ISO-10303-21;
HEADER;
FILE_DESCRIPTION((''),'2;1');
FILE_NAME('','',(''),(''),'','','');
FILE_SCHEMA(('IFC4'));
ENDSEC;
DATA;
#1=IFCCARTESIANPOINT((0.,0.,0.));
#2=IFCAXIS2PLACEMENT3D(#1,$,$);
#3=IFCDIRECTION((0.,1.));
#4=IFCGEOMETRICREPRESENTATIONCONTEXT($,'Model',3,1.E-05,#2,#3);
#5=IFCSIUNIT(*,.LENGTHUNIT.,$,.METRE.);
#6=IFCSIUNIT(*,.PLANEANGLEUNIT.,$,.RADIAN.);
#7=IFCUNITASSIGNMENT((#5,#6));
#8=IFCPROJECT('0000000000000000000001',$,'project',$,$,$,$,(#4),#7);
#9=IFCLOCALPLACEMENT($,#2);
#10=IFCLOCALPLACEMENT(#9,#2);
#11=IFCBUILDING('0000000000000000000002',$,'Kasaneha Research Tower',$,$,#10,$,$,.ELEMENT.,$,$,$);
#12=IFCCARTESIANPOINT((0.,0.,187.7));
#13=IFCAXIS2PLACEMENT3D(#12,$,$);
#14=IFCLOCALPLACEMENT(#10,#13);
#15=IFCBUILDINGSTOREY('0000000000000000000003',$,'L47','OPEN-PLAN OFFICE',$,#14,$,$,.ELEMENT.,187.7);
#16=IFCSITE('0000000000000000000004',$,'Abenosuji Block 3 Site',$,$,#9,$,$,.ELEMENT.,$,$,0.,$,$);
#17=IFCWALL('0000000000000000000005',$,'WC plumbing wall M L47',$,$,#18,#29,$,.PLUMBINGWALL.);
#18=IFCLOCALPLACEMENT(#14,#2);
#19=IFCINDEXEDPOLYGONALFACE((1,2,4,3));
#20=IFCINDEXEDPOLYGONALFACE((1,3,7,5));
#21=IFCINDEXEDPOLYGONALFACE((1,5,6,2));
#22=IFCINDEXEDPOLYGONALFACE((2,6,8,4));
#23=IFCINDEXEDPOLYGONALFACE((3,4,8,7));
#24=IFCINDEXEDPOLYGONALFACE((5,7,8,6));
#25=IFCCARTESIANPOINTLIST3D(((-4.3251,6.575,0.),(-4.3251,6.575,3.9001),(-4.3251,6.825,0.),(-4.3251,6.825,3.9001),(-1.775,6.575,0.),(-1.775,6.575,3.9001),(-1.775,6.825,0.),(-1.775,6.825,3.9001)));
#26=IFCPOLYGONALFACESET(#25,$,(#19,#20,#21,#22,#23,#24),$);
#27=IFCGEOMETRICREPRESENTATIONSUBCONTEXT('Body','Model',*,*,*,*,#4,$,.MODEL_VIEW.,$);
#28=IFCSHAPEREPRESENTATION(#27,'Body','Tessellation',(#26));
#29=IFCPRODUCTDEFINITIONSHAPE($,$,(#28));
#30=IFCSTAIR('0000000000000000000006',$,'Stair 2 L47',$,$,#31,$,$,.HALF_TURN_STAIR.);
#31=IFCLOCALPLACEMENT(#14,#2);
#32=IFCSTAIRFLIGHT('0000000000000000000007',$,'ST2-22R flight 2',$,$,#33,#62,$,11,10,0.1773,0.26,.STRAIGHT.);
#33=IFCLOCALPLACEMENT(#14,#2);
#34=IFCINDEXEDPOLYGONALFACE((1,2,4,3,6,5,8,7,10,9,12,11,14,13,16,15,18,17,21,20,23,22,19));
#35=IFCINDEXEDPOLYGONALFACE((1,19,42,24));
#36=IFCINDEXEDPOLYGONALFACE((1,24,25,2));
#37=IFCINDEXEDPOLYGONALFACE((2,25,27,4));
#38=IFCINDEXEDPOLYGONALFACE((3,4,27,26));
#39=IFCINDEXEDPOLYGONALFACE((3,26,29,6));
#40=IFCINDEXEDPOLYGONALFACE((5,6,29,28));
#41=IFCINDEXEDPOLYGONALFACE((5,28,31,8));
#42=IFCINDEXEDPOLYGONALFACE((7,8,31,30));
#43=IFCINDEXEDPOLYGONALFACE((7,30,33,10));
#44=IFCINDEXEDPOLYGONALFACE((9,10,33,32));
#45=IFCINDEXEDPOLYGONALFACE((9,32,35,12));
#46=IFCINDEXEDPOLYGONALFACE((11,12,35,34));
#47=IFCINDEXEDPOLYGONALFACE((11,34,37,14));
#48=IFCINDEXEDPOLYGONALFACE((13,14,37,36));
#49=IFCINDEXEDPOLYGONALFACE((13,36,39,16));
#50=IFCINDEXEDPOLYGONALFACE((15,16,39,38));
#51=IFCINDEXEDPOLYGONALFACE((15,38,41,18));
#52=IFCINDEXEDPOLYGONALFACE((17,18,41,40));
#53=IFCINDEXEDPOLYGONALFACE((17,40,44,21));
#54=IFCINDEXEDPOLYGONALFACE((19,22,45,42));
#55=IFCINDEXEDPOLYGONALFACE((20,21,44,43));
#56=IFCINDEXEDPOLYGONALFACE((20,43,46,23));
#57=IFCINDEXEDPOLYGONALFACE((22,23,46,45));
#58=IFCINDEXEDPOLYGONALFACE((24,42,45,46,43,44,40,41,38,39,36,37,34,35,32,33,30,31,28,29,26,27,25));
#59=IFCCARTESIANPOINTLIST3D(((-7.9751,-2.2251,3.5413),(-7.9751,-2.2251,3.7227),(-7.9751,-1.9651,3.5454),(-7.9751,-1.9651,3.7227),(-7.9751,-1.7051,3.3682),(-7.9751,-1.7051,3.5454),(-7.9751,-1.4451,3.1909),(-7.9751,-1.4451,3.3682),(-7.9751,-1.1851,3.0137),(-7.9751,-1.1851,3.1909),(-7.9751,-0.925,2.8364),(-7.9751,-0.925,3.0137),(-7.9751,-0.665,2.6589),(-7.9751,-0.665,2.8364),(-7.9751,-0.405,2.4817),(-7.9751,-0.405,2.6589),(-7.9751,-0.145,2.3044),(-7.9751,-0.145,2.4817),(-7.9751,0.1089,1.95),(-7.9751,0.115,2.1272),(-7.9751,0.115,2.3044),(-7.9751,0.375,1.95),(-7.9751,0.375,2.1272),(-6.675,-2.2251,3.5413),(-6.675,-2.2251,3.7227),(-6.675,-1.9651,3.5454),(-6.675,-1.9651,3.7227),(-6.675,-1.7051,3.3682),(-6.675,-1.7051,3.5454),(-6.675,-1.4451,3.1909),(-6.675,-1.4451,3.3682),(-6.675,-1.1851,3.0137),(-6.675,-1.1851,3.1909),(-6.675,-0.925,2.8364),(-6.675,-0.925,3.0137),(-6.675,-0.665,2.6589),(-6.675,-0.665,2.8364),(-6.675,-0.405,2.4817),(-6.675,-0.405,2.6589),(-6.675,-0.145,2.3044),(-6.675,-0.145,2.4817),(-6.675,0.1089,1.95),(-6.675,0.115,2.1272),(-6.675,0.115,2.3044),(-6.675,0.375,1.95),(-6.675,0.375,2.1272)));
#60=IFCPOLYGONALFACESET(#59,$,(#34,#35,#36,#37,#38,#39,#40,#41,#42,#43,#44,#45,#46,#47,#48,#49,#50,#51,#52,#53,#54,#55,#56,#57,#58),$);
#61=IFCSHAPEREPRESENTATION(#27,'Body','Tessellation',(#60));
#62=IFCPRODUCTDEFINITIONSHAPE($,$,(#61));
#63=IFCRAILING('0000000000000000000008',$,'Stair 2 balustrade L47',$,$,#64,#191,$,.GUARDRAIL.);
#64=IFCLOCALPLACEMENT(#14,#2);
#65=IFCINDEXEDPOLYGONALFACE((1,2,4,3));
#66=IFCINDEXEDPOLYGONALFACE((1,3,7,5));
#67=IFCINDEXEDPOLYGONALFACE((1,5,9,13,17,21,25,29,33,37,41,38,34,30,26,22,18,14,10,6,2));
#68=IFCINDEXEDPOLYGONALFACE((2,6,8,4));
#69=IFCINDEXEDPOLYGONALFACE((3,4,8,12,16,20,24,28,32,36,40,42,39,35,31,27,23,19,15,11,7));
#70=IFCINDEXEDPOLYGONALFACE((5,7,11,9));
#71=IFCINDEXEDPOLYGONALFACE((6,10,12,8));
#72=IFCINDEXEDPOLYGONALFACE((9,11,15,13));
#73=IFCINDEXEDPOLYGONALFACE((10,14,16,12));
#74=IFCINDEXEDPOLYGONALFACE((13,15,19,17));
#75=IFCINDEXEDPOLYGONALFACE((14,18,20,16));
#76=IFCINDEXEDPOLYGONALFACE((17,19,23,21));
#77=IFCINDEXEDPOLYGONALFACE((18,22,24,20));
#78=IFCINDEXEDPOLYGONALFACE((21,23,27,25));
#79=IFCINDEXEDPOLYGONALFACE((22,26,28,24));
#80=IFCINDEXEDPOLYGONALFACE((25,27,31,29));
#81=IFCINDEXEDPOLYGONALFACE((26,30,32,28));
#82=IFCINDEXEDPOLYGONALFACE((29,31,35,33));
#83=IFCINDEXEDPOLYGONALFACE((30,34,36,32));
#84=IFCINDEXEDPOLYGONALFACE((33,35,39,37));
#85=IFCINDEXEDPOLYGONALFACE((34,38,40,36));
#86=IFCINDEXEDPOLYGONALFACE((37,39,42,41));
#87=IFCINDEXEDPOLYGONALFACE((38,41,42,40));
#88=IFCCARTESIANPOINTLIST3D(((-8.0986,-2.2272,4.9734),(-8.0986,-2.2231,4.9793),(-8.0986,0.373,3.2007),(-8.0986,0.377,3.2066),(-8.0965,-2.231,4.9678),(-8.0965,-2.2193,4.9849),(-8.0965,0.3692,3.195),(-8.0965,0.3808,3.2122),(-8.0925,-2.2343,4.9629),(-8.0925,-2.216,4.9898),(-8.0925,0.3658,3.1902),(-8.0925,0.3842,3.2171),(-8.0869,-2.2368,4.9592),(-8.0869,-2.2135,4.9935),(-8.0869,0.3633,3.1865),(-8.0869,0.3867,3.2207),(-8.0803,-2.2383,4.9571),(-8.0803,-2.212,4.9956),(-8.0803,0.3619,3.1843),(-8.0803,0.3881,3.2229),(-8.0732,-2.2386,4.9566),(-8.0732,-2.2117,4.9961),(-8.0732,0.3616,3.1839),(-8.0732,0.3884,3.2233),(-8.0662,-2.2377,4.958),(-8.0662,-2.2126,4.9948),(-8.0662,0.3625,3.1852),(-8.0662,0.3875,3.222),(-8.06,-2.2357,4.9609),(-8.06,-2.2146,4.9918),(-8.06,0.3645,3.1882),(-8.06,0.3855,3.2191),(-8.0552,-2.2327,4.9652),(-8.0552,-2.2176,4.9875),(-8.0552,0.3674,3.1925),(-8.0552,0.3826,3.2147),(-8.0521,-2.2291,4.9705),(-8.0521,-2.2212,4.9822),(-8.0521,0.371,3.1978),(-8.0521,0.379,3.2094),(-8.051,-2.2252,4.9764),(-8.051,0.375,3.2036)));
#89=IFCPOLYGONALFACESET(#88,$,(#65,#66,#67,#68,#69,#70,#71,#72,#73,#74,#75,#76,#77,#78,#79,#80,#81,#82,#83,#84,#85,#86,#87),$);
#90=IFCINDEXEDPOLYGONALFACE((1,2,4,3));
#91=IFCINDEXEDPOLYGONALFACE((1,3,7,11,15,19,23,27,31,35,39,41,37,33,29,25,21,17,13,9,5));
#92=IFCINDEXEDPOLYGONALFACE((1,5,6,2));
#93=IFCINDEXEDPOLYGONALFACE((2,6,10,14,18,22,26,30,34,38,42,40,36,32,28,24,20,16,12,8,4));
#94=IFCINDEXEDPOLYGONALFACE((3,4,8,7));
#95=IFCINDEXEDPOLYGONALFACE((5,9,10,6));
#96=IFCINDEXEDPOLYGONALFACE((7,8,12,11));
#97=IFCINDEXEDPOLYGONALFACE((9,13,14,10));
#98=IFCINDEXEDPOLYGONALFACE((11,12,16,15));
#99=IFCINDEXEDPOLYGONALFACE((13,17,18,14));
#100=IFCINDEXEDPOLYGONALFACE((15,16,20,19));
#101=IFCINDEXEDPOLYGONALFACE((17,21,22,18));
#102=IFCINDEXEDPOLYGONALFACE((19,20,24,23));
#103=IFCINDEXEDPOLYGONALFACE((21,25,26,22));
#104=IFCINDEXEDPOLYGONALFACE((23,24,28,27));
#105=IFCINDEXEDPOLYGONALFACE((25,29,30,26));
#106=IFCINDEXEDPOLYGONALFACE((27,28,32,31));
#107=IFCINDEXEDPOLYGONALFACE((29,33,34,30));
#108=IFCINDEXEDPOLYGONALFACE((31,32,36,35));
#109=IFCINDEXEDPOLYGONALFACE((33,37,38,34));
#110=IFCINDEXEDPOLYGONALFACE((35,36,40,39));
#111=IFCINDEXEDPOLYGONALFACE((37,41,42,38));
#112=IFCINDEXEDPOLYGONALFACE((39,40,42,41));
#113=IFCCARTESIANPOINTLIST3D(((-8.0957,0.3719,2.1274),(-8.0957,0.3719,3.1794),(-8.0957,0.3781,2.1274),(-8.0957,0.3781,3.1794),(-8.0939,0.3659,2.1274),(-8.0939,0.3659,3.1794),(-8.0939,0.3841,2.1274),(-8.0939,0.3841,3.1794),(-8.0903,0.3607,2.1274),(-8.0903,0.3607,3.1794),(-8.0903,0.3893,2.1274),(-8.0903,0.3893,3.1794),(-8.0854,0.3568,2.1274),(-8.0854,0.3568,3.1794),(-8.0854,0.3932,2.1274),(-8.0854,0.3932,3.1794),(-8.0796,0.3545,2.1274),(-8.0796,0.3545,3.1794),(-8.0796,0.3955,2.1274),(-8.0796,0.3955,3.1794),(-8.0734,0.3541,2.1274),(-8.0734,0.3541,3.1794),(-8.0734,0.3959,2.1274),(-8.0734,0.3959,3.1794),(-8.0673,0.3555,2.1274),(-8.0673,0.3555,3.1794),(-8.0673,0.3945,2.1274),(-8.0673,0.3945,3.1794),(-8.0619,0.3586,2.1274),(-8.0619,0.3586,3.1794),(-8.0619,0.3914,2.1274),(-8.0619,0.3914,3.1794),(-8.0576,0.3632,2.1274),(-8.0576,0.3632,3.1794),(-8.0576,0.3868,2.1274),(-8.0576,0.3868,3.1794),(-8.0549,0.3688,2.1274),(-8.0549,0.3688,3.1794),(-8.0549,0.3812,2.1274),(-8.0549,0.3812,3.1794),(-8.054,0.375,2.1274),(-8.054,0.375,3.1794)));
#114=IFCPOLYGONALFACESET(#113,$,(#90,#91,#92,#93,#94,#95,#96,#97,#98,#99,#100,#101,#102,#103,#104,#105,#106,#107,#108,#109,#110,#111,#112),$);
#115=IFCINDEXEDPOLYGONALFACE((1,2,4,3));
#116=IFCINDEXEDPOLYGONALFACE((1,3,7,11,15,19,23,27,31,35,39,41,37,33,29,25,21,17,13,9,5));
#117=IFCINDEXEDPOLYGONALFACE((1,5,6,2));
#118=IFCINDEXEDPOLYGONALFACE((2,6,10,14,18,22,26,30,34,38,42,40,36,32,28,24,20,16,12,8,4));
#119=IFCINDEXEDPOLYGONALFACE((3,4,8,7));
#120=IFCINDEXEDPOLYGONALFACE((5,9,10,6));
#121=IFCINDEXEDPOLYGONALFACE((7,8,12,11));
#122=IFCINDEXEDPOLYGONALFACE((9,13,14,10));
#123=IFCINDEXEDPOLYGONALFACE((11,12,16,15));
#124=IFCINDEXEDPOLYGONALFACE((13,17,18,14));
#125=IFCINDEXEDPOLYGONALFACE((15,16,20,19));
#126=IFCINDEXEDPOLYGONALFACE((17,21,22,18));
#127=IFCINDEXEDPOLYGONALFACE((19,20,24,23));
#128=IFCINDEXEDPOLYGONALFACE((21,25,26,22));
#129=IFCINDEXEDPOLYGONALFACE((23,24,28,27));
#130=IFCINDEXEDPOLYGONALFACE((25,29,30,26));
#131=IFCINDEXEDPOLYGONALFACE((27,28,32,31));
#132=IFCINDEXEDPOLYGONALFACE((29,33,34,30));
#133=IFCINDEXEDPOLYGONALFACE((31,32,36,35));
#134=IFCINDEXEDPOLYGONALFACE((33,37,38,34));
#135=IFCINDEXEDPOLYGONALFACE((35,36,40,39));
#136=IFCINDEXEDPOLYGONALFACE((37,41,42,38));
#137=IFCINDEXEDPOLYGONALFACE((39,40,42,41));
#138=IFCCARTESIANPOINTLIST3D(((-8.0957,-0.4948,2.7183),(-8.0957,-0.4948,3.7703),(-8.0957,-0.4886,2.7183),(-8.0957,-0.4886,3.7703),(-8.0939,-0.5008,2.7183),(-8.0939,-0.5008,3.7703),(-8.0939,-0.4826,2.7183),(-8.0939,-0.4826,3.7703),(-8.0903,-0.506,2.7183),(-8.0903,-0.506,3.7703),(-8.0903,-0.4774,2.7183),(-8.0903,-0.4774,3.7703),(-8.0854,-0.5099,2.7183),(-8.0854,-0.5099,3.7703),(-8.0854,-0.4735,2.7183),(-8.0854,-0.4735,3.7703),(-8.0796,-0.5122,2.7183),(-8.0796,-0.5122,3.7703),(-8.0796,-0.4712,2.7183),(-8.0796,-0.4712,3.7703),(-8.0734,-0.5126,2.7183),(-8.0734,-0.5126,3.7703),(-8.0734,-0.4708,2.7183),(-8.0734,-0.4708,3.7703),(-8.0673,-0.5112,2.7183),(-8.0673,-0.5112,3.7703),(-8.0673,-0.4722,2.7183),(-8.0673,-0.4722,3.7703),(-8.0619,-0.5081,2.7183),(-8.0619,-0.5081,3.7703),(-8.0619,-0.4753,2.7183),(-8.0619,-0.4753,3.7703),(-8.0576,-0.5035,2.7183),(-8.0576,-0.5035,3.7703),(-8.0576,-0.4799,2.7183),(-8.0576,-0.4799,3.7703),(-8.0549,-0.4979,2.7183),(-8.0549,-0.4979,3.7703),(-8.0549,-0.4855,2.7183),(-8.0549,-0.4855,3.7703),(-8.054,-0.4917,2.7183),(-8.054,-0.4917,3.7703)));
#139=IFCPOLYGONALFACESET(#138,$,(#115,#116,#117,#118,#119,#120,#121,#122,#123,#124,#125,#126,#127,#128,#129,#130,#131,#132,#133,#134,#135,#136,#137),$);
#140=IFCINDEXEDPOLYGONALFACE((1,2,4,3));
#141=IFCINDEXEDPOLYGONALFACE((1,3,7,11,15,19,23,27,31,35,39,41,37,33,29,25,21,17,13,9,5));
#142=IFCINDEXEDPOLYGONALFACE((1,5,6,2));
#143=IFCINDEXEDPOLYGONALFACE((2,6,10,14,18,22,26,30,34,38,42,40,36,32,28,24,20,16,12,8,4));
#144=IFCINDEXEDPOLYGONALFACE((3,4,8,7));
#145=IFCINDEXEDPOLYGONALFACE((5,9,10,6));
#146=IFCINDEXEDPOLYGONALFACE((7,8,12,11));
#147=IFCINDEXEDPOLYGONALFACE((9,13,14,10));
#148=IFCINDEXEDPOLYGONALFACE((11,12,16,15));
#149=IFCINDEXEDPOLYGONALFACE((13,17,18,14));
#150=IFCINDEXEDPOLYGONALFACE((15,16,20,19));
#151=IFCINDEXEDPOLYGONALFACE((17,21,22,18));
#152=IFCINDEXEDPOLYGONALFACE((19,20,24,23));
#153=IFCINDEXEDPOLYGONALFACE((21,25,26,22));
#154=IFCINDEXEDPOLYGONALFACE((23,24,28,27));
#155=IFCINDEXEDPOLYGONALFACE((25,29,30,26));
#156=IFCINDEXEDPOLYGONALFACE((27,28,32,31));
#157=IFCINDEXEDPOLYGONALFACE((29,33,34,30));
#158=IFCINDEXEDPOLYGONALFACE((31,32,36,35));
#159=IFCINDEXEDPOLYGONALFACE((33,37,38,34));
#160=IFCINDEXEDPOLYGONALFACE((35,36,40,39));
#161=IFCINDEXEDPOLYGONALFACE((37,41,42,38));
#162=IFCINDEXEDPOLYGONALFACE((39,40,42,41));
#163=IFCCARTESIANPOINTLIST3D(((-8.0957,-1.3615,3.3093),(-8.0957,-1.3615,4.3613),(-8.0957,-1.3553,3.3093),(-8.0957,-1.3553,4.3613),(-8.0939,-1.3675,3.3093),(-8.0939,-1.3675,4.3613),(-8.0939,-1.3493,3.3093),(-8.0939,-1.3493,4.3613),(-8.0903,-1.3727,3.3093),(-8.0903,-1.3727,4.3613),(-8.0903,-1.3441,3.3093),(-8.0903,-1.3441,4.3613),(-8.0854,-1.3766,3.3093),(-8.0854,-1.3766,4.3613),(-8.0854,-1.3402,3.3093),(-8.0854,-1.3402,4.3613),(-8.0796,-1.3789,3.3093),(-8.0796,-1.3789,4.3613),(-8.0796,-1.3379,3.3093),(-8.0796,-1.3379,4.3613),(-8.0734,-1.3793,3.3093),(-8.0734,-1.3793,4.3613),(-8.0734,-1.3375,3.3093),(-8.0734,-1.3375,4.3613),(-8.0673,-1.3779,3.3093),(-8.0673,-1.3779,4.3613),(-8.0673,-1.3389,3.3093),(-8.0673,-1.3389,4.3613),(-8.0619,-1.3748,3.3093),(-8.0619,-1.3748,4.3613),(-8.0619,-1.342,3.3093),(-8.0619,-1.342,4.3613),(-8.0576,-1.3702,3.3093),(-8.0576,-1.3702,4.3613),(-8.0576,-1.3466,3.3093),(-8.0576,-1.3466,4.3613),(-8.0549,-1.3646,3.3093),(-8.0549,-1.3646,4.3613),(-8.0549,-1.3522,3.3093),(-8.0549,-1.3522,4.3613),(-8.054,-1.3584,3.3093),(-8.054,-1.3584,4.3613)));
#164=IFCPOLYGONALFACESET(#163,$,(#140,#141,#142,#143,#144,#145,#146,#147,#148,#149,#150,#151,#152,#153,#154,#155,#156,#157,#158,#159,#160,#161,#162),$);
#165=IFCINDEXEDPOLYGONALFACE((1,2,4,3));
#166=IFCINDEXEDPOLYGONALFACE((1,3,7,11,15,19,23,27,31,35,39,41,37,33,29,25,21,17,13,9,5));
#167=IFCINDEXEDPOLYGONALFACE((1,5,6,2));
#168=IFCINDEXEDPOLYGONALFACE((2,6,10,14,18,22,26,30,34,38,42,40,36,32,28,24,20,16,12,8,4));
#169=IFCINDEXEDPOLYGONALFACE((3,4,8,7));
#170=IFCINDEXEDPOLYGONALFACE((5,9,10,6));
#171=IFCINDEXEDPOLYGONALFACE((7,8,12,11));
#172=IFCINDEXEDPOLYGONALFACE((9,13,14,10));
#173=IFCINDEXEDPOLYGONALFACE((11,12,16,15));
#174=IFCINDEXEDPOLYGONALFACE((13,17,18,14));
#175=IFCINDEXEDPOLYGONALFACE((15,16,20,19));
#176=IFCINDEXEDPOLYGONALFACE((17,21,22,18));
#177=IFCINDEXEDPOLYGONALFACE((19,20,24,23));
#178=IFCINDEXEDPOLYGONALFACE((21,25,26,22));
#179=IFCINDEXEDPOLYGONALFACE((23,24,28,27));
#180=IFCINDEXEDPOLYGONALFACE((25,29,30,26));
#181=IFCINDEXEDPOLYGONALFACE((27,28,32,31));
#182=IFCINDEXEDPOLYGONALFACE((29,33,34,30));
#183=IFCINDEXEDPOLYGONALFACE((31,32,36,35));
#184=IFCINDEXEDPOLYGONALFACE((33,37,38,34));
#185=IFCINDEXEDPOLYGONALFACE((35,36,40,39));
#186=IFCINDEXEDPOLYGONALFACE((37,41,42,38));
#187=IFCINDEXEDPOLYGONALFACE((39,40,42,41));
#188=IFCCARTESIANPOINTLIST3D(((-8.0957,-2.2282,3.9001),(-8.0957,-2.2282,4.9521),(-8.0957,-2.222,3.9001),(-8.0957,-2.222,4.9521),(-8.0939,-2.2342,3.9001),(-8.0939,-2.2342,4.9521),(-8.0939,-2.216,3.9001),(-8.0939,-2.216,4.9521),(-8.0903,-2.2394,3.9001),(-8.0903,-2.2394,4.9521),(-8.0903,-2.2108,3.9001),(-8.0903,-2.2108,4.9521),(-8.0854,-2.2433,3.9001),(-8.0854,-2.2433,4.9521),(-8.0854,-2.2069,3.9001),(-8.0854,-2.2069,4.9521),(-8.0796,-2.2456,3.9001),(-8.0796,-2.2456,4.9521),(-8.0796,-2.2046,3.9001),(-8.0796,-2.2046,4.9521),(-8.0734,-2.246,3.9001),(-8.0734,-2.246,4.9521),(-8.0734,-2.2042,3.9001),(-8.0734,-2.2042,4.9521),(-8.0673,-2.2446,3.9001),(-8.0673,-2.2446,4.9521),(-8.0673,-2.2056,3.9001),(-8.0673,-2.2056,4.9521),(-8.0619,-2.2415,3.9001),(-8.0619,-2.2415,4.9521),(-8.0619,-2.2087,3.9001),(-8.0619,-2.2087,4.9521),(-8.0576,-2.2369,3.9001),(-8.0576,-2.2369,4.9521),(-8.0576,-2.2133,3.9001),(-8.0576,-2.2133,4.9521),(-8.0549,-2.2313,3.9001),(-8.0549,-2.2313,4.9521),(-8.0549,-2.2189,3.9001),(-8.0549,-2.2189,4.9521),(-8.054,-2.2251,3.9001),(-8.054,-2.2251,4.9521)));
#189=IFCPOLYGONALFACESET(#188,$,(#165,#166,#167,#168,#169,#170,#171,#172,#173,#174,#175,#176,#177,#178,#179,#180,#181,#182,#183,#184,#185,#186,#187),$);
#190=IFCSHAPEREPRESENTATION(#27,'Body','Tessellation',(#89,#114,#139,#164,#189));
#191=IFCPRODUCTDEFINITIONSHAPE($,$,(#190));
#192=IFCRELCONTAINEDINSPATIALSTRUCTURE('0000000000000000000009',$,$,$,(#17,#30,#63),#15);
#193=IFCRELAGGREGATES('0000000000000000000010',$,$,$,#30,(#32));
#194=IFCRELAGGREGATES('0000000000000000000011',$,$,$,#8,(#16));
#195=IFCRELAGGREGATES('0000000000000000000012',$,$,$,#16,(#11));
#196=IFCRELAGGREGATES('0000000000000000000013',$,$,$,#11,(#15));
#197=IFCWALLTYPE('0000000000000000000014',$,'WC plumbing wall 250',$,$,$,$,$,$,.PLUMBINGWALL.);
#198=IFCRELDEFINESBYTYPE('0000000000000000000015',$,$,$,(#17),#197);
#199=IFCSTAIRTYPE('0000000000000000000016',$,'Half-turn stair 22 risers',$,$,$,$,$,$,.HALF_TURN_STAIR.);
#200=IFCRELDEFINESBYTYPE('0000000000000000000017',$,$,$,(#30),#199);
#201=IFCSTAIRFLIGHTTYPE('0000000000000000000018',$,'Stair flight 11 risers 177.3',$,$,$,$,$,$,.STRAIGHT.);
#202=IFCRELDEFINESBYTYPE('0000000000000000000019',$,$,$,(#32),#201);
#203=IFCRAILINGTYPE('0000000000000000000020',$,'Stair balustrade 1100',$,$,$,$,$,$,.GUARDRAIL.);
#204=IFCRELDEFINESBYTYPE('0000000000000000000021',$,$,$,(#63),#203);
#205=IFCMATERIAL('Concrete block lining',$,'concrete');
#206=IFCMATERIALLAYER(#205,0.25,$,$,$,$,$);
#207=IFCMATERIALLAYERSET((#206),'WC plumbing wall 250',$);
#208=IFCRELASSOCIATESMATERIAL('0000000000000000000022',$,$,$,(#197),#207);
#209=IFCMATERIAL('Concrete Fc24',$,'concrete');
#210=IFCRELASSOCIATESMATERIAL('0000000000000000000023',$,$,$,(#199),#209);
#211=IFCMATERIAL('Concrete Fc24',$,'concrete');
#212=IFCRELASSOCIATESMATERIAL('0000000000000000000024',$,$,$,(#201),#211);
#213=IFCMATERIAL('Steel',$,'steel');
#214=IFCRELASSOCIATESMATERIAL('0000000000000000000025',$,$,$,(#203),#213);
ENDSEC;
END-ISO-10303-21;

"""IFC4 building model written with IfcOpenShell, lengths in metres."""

from ifc_helpers import new_model, si_unit, direction, frame, frame_2d, origin, origin_2d, place, context, subcontext, project, spatial, polyline, rectangle, circle, outline, extrude, material, layer, layer_set, type_object, element, aggregate, save


model = new_model("IFC4")

# Units and contexts
model_context = context("Model", 3, precision=1e-05, world=origin(), true_north=direction((0.0, 1.0)))
body_context = subcontext(model_context, "Body", "Model", "MODEL_VIEW")
ifc_project = project(units=[si_unit("LENGTHUNIT", "METRE"), si_unit("PLANEANGLEUNIT", "RADIAN")], contexts=[model_context])

# Site, building, storey
site_placement = place(None, origin())
site = spatial("IfcSite", under=ifc_project, at=site_placement, Name="Abenosuji Block 3 Site", CompositionType="ELEMENT", RefElevation=0.0)
building_placement = place(site_placement, origin())
building = spatial("IfcBuilding", under=site, at=building_placement, Name="Kasaneha Research Tower", CompositionType="ELEMENT")
storey_placement = place(building_placement, frame((0.0, 0.0, 187.7)))
storey = spatial("IfcBuildingStorey", under=building, at=storey_placement, Name="L47", Description="OPEN-PLAN OFFICE", CompositionType="ELEMENT", Elevation=187.7)

# Wall
ifc_material_1 = material(Name="Concrete block lining", Category="concrete")
ifc_layer_1 = layer(ifc_material_1, 0.25)
ifc_layer_set_1 = layer_set([ifc_layer_1], Name="WC plumbing wall 250")
wall_type_1 = type_object("IfcWallType", Name="WC plumbing wall 250", PredefinedType="PLUMBINGWALL", material=ifc_layer_set_1)
wall_1_placement = place(storey_placement, frame((-4.325, 6.7, 0.0), z_axis=(0.0, 0.0, 1.0), x_axis=(1.0, 0.0, 0.0)))
element("IfcWall", 1, at=wall_1_placement, inside=storey, type_object=wall_type_1, Name="WC plumbing wall M L47", PredefinedType="PLUMBINGWALL", context=body_context, shape_type="SweptSolid", body=[
    extrude(rectangle(XDim=2.55, YDim=0.25, at=frame_2d((1.2749, 0.0))), origin(), (0.0, 0.0, 1.0), 3.9001),
])

# Stair, stair flight
ifc_material_2 = material(Name="Concrete Fc24", Category="concrete")
stair_type = type_object("IfcStairType", Name="Half-turn stair 22 risers", PredefinedType="HALF_TURN_STAIR", material=ifc_material_2)
stair_placement = place(storey_placement, origin())
stair = element("IfcStair", 2, at=stair_placement, inside=storey, type_object=stair_type, Name="Stair 2 L47", PredefinedType="HALF_TURN_STAIR")
ifc_material_3 = material(Name="Concrete Fc24", Category="concrete")
stair_flight_type = type_object("IfcStairFlightType", Name="Stair flight 11 risers 177.3", PredefinedType="STRAIGHT", material=ifc_material_3)
stair_flight_placement = place(storey_placement, frame((-7.325, 0.375, 1.95), z_axis=(0.0, 0.0, 1.0), x_axis=(0.0, -1.0, 0.0)))
stair_flight = element("IfcStairFlight", 3, at=stair_flight_placement, type_object=stair_flight_type, Name="ST2-22R flight 2", NumberOfRisers=11, NumberOfTreads=10, PredefinedType="STRAIGHT", RiserHeight=0.1773, TreadLength=0.26, context=body_context, shape_type="SweptSolid", body=[
    extrude(outline(polyline([(0.0, 0.0), (0.0, 0.1772), (0.26, 0.1772), (0.26, 0.3545), (0.52, 0.3545), (0.52, 0.5317), (0.78, 0.5317), (0.78, 0.709), (1.04, 0.709), (1.04, 0.8865), (1.3, 0.8865), (1.3, 1.0637), (1.5601, 1.0637), (1.5601, 1.241), (1.8201, 1.241), (1.8201, 1.4182), (2.0801, 1.4182), (2.0801, 1.5955), (2.3401, 1.5955), (2.3401, 1.7727), (2.6001, 1.7727), (2.6001, 1.95), (2.6001, 1.5913), (0.2661, 0.0), (0.0, 0.0)])), frame((0.0, 0.6499, 0.0), z_axis=(0.0, -1.0, 0.0), x_axis=(1.0, 0.0, 0.0)), (0.0, 0.0, 1.0), 1.3),
])
aggregate(stair, [stair_flight])

# Railing
ifc_material_4 = material(Name="Steel", Category="steel")
railing_type_1 = type_object("IfcRailingType", Name="Stair balustrade 1100", PredefinedType="GUARDRAIL", material=ifc_material_4)
railing_1_placement = place(storey_placement, frame((-8.075, 0.375, 2.1274)))
element("IfcRailing", 4, at=railing_1_placement, inside=storey, type_object=railing_type_1, Name="Stair 2 balustrade L47", PredefinedType="GUARDRAIL", context=body_context, shape_type="SweptSolid", body=[
    extrude(circle(Radius=0.0239, at=origin_2d()), frame((0.0, 0.0, 1.0762), z_axis=(0.0, -0.82624, 0.563318), x_axis=(1.0, 0.0, 0.0)), (0.0, 0.0, 1.0), 3.147),
    extrude(circle(Radius=0.021, at=origin_2d()), origin(), (0.0, 0.0, 1.0), 1.052),
    extrude(circle(Radius=0.021, at=origin_2d()), frame((0.0, -0.8667, 0.5908)), (0.0, 0.0, 1.0), 1.052),
    extrude(circle(Radius=0.021, at=origin_2d()), frame((0.0, -1.7334, 1.1819)), (0.0, 0.0, 1.0), 1.052),
    extrude(circle(Radius=0.021, at=origin_2d()), frame((0.0, -2.6001, 1.7727)), (0.0, 0.0, 1.0), 1.052),
])

save(model, "model.ifc")
